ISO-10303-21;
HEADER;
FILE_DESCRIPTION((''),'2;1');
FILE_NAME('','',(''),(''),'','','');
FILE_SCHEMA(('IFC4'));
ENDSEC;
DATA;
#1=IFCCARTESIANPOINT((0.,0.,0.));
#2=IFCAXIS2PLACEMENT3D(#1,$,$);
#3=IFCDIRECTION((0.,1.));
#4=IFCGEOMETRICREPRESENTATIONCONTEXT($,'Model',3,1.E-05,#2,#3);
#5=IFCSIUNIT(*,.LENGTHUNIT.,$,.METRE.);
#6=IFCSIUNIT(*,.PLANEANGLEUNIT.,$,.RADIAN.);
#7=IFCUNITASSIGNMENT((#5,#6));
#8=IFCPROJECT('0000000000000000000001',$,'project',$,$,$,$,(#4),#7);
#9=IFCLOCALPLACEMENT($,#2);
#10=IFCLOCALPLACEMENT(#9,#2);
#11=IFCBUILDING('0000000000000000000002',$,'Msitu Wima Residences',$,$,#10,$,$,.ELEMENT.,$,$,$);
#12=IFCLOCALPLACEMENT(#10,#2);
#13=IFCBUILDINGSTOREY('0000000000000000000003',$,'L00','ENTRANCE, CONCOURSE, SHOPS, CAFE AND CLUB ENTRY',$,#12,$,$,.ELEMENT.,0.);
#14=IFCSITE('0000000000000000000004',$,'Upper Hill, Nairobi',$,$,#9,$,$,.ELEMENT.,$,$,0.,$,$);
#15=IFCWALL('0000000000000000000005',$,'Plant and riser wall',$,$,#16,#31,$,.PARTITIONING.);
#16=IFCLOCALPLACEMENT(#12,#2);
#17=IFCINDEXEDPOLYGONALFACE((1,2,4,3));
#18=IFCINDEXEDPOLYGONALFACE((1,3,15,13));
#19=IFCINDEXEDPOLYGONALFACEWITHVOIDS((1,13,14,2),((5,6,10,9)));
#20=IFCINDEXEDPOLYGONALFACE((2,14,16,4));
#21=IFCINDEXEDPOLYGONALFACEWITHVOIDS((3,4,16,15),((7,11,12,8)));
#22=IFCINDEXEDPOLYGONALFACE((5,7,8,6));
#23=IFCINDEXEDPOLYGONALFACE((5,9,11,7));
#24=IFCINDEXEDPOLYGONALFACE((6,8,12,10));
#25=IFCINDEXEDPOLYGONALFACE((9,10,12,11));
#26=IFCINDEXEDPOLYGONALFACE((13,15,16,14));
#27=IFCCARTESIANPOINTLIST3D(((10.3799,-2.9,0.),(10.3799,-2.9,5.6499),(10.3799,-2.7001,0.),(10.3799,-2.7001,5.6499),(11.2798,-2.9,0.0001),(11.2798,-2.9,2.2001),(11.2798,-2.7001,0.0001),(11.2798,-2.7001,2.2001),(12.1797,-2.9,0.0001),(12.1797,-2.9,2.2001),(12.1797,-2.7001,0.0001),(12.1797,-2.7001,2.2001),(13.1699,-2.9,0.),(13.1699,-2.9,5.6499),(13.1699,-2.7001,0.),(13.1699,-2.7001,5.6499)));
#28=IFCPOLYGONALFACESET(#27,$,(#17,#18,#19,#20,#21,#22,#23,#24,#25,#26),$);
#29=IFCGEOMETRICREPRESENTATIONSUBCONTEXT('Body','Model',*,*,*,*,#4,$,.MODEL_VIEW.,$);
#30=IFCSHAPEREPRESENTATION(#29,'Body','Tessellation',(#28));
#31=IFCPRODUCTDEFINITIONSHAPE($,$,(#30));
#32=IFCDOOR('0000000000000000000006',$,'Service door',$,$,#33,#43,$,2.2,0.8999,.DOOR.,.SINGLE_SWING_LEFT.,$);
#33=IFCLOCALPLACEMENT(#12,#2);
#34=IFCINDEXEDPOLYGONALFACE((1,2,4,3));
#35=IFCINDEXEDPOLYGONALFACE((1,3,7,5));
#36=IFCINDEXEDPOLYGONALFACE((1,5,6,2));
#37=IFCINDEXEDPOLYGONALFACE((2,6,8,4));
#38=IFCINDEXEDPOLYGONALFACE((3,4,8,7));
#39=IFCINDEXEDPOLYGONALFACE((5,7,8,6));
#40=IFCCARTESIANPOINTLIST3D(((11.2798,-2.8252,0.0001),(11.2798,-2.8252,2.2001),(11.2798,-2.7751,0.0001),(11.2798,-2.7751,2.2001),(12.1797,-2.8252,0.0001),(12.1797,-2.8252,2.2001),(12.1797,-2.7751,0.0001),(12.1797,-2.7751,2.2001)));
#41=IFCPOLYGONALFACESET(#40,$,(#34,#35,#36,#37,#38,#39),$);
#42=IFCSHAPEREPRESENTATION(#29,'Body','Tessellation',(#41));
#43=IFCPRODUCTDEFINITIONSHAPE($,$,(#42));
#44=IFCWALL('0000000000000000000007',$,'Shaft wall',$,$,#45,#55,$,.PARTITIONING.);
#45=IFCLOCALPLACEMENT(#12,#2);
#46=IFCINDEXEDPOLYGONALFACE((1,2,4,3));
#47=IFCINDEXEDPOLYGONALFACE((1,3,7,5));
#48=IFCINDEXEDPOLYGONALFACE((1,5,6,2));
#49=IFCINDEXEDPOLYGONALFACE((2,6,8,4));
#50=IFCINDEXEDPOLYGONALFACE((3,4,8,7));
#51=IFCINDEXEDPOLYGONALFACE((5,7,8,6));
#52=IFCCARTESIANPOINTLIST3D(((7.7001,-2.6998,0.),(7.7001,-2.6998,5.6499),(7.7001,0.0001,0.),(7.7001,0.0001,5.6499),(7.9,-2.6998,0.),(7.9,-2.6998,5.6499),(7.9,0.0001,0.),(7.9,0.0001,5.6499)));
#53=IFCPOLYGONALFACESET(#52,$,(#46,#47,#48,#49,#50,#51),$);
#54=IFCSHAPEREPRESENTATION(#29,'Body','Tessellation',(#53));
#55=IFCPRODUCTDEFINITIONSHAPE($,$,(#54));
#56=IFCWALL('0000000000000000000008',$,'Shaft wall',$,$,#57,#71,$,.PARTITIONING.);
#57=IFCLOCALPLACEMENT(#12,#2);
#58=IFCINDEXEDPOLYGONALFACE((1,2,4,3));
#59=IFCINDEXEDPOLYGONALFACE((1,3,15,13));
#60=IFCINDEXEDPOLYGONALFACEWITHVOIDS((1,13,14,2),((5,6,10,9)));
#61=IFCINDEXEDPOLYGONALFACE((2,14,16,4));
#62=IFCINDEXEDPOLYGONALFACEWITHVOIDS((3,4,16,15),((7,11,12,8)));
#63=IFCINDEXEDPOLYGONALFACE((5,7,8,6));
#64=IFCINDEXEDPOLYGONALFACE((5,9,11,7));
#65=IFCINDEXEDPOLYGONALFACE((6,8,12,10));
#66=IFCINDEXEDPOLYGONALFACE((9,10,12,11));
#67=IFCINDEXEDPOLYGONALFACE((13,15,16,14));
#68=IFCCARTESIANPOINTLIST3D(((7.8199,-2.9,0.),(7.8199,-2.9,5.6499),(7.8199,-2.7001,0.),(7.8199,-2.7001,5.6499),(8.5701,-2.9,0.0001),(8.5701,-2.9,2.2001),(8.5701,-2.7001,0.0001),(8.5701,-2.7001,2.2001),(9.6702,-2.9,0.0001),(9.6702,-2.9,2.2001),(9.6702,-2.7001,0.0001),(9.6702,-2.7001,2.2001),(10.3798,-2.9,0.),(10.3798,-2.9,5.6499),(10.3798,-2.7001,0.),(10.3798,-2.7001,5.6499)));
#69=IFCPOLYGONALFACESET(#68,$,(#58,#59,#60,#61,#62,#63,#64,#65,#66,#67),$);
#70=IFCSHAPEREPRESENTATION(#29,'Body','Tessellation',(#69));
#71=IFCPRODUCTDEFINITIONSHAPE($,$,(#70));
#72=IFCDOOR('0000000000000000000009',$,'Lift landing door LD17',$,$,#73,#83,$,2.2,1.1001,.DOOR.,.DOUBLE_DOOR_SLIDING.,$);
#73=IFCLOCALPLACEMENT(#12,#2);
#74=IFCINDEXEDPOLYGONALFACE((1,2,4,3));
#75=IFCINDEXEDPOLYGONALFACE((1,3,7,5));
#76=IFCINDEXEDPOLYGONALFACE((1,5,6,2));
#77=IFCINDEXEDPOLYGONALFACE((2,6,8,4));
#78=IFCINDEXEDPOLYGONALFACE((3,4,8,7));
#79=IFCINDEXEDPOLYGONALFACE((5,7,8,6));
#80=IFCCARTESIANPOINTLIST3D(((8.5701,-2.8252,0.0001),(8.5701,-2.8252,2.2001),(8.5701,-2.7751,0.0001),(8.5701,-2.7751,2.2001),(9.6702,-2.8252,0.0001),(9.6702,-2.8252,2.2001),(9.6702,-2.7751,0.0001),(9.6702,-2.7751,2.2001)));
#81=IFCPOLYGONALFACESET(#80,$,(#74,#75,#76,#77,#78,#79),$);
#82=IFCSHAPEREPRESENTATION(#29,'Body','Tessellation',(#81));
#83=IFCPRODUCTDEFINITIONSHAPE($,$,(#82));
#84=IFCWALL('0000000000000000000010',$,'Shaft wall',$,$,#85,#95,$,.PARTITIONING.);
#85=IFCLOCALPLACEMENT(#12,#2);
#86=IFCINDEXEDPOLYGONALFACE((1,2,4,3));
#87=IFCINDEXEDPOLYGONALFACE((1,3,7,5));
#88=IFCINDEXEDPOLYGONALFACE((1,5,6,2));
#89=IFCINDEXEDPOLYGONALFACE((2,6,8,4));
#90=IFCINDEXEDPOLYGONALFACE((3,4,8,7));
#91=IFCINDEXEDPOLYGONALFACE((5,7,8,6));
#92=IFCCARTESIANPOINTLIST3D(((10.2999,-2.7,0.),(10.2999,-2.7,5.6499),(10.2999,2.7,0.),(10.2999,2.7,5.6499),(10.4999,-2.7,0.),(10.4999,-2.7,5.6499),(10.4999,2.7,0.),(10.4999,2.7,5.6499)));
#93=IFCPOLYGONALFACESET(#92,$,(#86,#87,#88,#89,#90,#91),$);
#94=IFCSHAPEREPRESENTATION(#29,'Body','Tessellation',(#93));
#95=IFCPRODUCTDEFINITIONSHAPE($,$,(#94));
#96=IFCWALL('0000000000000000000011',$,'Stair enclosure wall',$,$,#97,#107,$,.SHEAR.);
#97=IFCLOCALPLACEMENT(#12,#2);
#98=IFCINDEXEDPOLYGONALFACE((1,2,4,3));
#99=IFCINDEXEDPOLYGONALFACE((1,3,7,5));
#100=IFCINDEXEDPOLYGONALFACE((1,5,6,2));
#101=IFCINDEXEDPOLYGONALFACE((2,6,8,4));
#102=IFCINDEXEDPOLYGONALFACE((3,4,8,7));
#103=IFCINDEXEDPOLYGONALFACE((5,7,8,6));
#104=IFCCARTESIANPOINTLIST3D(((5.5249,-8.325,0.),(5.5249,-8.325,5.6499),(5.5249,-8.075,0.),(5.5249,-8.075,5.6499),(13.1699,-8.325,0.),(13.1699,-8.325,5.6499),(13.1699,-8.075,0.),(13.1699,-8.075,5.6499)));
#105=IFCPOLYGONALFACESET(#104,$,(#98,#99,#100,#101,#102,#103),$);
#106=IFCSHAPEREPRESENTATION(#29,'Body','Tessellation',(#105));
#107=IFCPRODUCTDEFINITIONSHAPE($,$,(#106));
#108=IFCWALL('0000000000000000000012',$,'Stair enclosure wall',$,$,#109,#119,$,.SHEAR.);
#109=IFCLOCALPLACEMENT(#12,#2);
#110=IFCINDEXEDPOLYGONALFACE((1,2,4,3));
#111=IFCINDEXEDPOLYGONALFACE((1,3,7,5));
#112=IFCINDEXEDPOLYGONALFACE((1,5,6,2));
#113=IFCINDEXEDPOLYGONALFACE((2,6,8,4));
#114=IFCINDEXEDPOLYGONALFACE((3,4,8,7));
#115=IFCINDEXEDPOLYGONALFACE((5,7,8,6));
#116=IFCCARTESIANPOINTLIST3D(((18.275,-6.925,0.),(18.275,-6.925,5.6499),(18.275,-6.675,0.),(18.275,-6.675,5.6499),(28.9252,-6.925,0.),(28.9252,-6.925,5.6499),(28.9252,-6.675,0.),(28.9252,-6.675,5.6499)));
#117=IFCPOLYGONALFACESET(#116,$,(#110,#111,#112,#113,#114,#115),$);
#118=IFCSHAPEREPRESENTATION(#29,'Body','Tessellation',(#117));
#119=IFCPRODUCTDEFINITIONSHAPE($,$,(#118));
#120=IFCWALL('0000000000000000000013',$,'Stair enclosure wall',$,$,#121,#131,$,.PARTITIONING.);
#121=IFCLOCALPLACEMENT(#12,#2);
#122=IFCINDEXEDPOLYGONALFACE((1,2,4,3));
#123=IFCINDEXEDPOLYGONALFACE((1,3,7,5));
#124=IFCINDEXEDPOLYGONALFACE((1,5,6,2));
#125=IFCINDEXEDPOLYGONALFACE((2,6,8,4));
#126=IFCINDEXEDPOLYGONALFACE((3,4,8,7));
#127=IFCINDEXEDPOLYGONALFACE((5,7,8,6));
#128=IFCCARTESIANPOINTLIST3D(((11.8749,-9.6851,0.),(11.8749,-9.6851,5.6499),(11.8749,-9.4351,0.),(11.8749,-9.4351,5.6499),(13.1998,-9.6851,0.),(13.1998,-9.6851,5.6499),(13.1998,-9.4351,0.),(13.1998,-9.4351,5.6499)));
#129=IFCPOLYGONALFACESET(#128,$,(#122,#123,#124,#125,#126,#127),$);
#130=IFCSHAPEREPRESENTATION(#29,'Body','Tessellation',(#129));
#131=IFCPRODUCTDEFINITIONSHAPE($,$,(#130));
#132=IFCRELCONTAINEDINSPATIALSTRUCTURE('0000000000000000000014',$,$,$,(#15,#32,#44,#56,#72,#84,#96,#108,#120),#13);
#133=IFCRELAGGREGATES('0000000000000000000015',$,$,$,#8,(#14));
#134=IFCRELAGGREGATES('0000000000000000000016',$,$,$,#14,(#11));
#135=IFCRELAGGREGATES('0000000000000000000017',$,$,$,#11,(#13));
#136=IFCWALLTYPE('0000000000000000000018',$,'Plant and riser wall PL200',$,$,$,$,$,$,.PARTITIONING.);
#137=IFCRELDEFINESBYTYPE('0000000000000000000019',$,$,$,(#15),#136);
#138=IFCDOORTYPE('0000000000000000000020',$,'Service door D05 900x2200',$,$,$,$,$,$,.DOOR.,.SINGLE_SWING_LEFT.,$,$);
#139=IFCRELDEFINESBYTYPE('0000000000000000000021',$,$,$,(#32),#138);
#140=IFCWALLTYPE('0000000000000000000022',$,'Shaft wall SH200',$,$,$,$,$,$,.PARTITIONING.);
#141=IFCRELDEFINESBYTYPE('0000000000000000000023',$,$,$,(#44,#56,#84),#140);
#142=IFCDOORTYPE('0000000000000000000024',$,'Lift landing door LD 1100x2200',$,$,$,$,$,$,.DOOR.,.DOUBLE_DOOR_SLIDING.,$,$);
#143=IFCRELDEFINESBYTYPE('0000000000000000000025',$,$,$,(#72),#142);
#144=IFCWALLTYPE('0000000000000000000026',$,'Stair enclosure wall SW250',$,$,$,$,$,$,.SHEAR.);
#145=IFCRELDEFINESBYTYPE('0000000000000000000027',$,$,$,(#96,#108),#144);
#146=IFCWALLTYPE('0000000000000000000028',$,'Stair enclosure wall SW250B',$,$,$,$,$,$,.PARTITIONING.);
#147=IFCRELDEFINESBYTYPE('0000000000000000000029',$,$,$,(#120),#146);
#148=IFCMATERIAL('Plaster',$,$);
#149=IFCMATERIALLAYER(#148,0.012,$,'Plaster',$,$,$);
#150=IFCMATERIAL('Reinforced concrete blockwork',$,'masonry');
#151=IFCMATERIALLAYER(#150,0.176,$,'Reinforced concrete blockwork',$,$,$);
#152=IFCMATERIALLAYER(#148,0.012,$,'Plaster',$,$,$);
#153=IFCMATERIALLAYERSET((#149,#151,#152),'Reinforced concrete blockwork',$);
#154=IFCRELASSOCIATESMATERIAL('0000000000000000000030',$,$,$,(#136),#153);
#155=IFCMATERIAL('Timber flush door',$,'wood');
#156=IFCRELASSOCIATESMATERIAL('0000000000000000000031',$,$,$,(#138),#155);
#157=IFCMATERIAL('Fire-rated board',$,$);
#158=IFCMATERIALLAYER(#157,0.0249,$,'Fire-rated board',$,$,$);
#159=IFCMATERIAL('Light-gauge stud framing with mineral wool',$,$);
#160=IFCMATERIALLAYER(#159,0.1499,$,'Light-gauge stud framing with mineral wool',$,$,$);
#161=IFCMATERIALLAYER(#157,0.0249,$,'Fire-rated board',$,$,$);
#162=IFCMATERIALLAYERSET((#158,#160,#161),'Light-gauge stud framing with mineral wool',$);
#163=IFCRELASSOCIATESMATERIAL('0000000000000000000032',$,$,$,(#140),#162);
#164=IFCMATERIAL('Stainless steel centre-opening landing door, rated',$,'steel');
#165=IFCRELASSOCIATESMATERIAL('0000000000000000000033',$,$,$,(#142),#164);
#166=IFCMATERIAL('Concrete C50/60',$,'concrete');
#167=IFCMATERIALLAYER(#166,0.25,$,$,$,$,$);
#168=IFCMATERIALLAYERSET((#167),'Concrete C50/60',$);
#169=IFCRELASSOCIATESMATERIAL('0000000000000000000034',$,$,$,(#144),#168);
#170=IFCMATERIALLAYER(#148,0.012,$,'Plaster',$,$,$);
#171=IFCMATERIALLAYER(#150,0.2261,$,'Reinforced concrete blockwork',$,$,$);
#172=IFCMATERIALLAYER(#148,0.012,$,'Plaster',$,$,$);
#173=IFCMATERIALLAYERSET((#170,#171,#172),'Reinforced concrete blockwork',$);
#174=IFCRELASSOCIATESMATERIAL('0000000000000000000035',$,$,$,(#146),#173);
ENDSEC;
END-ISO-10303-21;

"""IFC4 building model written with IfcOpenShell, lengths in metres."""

from ifc_helpers import new_model, si_unit, direction, frame, frame_2d, origin, place, context, subcontext, project, spatial, rectangle, extrude, material, layer, layer_set, type_object, element, fill, save


model = new_model("IFC4")

# Units and contexts
model_context = context("Model", 3, precision=1e-05, world=origin(), true_north=direction((0.0, 1.0)))
body_context = subcontext(model_context, "Body", "Model", "MODEL_VIEW")
ifc_project = project(units=[si_unit("LENGTHUNIT", "METRE"), si_unit("PLANEANGLEUNIT", "RADIAN")], contexts=[model_context])

# Site, building, storey
site_placement = place(None, origin())
site = spatial("IfcSite", under=ifc_project, at=site_placement, Name="Upper Hill, Nairobi", CompositionType="ELEMENT", RefElevation=0.0)
building_placement = place(site_placement, origin())
building = spatial("IfcBuilding", under=site, at=building_placement, Name="Msitu Wima Residences", CompositionType="ELEMENT")
storey_placement = place(building_placement, origin())
storey = spatial("IfcBuildingStorey", under=building, at=storey_placement, Name="L00", Description="ENTRANCE, CONCOURSE, SHOPS, CAFE AND CLUB ENTRY", CompositionType="ELEMENT", Elevation=0.0)

# Wall, opening, door
ifc_material_1 = material(Name="Plaster")
ifc_layer_1 = layer(ifc_material_1, 0.012, Name="Plaster")
ifc_material_2 = material(Name="Reinforced concrete blockwork", Category="masonry")
ifc_layer_2 = layer(ifc_material_2, 0.176, Name="Reinforced concrete blockwork")
ifc_layer_3 = layer(ifc_material_1, 0.012, Name="Plaster")
ifc_layer_set_1 = layer_set([ifc_layer_1, ifc_layer_2, ifc_layer_3], Name="Reinforced concrete blockwork")
wall_type_1 = type_object("IfcWallType", Name="Plant and riser wall PL200", PredefinedType="PARTITIONING", material=ifc_layer_set_1)
wall_1_placement = place(storey_placement, frame((10.3799, -2.8, 0.0), z_axis=(0.0, 0.0, 1.0), x_axis=(1.0, 0.0, 0.0)))
wall_1 = element("IfcWall", 1, at=wall_1_placement, inside=storey, type_object=wall_type_1, Name="Plant and riser wall", PredefinedType="PARTITIONING", context=body_context, shape_type="SweptSolid", body=[
    extrude(rectangle(XDim=2.79, YDim=0.2, at=frame_2d((1.395, 0.0))), origin(), (0.0, 0.0, 1.0), 5.6499),
])
opening_1_placement = place(wall_1_placement, frame((0.8999, 0.0, 0.0)))
opening_1 = element("IfcOpeningElement", 2, at=opening_1_placement, cuts=wall_1, PredefinedType="OPENING", context=body_context, shape_type="SweptSolid", body=[
    extrude(rectangle(XDim=0.8999, YDim=2.2, at=frame_2d((0.45, 1.1001))), frame((0.0, 0.1099, 0.0), z_axis=(0.0, -1.0, 0.0), x_axis=(1.0, 0.0, 0.0)), (0.0, 0.0, 1.0), 0.22),
])
ifc_material_3 = material(Name="Timber flush door", Category="wood")
door_type_1 = type_object("IfcDoorType", Name="Service door D05 900x2200", OperationType="SINGLE_SWING_LEFT", PredefinedType="DOOR", material=ifc_material_3)
door_1_placement = place(opening_1_placement, origin())
door_1 = element("IfcDoor", 3, at=door_1_placement, inside=storey, type_object=door_type_1, Name="Service door", OperationType="SINGLE_SWING_LEFT", OverallHeight=2.2, OverallWidth=0.8999, PredefinedType="DOOR", context=body_context, shape_type="SweptSolid", body=[
    extrude(rectangle(XDim=0.8999, YDim=2.2, at=frame_2d((0.45, 1.1001))), frame((0.0, 0.0249, 0.0), z_axis=(0.0, -1.0, 0.0), x_axis=(1.0, 0.0, 0.0)), (0.0, 0.0, 1.0), 0.05),
])
fill(opening_1, door_1)

# Wall
ifc_material_4 = material(Name="Fire-rated board")
ifc_layer_4 = layer(ifc_material_4, 0.0249, Name="Fire-rated board")
ifc_material_5 = material(Name="Light-gauge stud framing with mineral wool")
ifc_layer_5 = layer(ifc_material_5, 0.1499, Name="Light-gauge stud framing with mineral wool")
ifc_layer_6 = layer(ifc_material_4, 0.0249, Name="Fire-rated board")
ifc_layer_set_2 = layer_set([ifc_layer_4, ifc_layer_5, ifc_layer_6], Name="Light-gauge stud framing with mineral wool")
wall_type_2 = type_object("IfcWallType", Name="Shaft wall SH200", PredefinedType="PARTITIONING", material=ifc_layer_set_2)
wall_2_placement = place(storey_placement, frame((7.8, -2.7, 0.0), z_axis=(0.0, 0.0, 1.0), x_axis=(0.0, 1.0, 0.0)))
element("IfcWall", 4, at=wall_2_placement, inside=storey, type_object=wall_type_2, Name="Shaft wall", PredefinedType="PARTITIONING", context=body_context, shape_type="SweptSolid", body=[
    extrude(rectangle(XDim=2.7, YDim=0.2, at=frame_2d((1.3501, 0.0))), origin(), (0.0, 0.0, 1.0), 5.6499),
])

# Wall, opening, door
wall_3_placement = place(storey_placement, frame((7.8201, -2.8, 0.0), z_axis=(0.0, 0.0, 1.0), x_axis=(1.0, 0.0, 0.0)))
wall_3 = element("IfcWall", 5, at=wall_3_placement, inside=storey, type_object=wall_type_2, Name="Shaft wall", PredefinedType="PARTITIONING", context=body_context, shape_type="SweptSolid", body=[
    extrude(rectangle(XDim=2.5598, YDim=0.2, at=frame_2d((1.2798, 0.0))), origin(), (0.0, 0.0, 1.0), 5.6499),
])
opening_2_placement = place(wall_3_placement, frame((0.75, 0.0, 0.0)))
opening_2 = element("IfcOpeningElement", 6, at=opening_2_placement, cuts=wall_3, PredefinedType="OPENING", context=body_context, shape_type="SweptSolid", body=[
    extrude(rectangle(XDim=1.1001, YDim=2.2, at=frame_2d((0.55, 1.1001))), frame((0.0, 0.1099, 0.0), z_axis=(0.0, -1.0, 0.0), x_axis=(1.0, 0.0, 0.0)), (0.0, 0.0, 1.0), 0.22),
])
ifc_material_6 = material(Name="Stainless steel centre-opening landing door, rated", Category="steel")
door_type_2 = type_object("IfcDoorType", Name="Lift landing door LD 1100x2200", OperationType="DOUBLE_DOOR_SLIDING", PredefinedType="DOOR", material=ifc_material_6)
door_2_placement = place(opening_2_placement, origin())
door_2 = element("IfcDoor", 7, at=door_2_placement, inside=storey, type_object=door_type_2, Name="Lift landing door LD17", OperationType="DOUBLE_DOOR_SLIDING", OverallHeight=2.2, OverallWidth=1.1001, PredefinedType="DOOR", context=body_context, shape_type="SweptSolid", body=[
    extrude(rectangle(XDim=1.1001, YDim=2.2, at=frame_2d((0.55, 1.1001))), frame((0.0, 0.0249, 0.0), z_axis=(0.0, -1.0, 0.0), x_axis=(1.0, 0.0, 0.0)), (0.0, 0.0, 1.0), 0.05),
])
fill(opening_2, door_2)

# Walls
wall_4_placement = place(storey_placement, frame((10.3999, -2.7, 0.0), z_axis=(0.0, 0.0, 1.0), x_axis=(0.0, 1.0, 0.0)))
element("IfcWall", 8, at=wall_4_placement, inside=storey, type_object=wall_type_2, Name="Shaft wall", PredefinedType="PARTITIONING", context=body_context, shape_type="SweptSolid", body=[
    extrude(rectangle(XDim=5.3999, YDim=0.2, at=frame_2d((2.7, 0.0))), origin(), (0.0, 0.0, 1.0), 5.6499),
])
ifc_material_7 = material(Name="Concrete C50/60", Category="concrete")
ifc_layer_7 = layer(ifc_material_7, 0.25)
ifc_layer_set_3 = layer_set([ifc_layer_7], Name="Concrete C50/60")
wall_type_3 = type_object("IfcWallType", Name="Stair enclosure wall SW250", PredefinedType="SHEAR", material=ifc_layer_set_3)
wall_5_placement = place(storey_placement, frame((5.5249, -8.2, 0.0), z_axis=(0.0, 0.0, 1.0), x_axis=(1.0, 0.0, 0.0)))
element("IfcWall", 9, at=wall_5_placement, inside=storey, type_object=wall_type_3, Name="Stair enclosure wall", PredefinedType="SHEAR", context=body_context, shape_type="SweptSolid", body=[
    extrude(rectangle(XDim=7.645, YDim=0.25, at=frame_2d((3.8225, 0.0))), origin(), (0.0, 0.0, 1.0), 5.6499),
])
wall_6_placement = place(storey_placement, frame((18.2749, -6.8, 0.0), z_axis=(0.0, 0.0, 1.0), x_axis=(1.0, 0.0, 0.0)))
element("IfcWall", 10, at=wall_6_placement, inside=storey, type_object=wall_type_3, Name="Stair enclosure wall", PredefinedType="SHEAR", context=body_context, shape_type="SweptSolid", body=[
    extrude(rectangle(XDim=10.6501, YDim=0.25, at=frame_2d((5.3252, 0.0))), origin(), (0.0, 0.0, 1.0), 5.6499),
])
ifc_layer_8 = layer(ifc_material_1, 0.012, Name="Plaster")
ifc_layer_9 = layer(ifc_material_2, 0.2261, Name="Reinforced concrete blockwork")
ifc_layer_10 = layer(ifc_material_1, 0.012, Name="Plaster")
ifc_layer_set_4 = layer_set([ifc_layer_8, ifc_layer_9, ifc_layer_10], Name="Reinforced concrete blockwork")
wall_type_4 = type_object("IfcWallType", Name="Stair enclosure wall SW250B", PredefinedType="PARTITIONING", material=ifc_layer_set_4)
wall_7_placement = place(storey_placement, frame((13.2, -9.5601, 0.0), z_axis=(0.0, 0.0, 1.0), x_axis=(-1.0, 0.0, 0.0)))
element("IfcWall", 11, at=wall_7_placement, inside=storey, type_object=wall_type_4, Name="Stair enclosure wall", PredefinedType="PARTITIONING", context=body_context, shape_type="SweptSolid", body=[
    extrude(rectangle(XDim=1.325, YDim=0.25, at=frame_2d((0.6626, 0.0))), origin(), (0.0, 0.0, 1.0), 5.6499),
])

save(model, "model.ifc")
